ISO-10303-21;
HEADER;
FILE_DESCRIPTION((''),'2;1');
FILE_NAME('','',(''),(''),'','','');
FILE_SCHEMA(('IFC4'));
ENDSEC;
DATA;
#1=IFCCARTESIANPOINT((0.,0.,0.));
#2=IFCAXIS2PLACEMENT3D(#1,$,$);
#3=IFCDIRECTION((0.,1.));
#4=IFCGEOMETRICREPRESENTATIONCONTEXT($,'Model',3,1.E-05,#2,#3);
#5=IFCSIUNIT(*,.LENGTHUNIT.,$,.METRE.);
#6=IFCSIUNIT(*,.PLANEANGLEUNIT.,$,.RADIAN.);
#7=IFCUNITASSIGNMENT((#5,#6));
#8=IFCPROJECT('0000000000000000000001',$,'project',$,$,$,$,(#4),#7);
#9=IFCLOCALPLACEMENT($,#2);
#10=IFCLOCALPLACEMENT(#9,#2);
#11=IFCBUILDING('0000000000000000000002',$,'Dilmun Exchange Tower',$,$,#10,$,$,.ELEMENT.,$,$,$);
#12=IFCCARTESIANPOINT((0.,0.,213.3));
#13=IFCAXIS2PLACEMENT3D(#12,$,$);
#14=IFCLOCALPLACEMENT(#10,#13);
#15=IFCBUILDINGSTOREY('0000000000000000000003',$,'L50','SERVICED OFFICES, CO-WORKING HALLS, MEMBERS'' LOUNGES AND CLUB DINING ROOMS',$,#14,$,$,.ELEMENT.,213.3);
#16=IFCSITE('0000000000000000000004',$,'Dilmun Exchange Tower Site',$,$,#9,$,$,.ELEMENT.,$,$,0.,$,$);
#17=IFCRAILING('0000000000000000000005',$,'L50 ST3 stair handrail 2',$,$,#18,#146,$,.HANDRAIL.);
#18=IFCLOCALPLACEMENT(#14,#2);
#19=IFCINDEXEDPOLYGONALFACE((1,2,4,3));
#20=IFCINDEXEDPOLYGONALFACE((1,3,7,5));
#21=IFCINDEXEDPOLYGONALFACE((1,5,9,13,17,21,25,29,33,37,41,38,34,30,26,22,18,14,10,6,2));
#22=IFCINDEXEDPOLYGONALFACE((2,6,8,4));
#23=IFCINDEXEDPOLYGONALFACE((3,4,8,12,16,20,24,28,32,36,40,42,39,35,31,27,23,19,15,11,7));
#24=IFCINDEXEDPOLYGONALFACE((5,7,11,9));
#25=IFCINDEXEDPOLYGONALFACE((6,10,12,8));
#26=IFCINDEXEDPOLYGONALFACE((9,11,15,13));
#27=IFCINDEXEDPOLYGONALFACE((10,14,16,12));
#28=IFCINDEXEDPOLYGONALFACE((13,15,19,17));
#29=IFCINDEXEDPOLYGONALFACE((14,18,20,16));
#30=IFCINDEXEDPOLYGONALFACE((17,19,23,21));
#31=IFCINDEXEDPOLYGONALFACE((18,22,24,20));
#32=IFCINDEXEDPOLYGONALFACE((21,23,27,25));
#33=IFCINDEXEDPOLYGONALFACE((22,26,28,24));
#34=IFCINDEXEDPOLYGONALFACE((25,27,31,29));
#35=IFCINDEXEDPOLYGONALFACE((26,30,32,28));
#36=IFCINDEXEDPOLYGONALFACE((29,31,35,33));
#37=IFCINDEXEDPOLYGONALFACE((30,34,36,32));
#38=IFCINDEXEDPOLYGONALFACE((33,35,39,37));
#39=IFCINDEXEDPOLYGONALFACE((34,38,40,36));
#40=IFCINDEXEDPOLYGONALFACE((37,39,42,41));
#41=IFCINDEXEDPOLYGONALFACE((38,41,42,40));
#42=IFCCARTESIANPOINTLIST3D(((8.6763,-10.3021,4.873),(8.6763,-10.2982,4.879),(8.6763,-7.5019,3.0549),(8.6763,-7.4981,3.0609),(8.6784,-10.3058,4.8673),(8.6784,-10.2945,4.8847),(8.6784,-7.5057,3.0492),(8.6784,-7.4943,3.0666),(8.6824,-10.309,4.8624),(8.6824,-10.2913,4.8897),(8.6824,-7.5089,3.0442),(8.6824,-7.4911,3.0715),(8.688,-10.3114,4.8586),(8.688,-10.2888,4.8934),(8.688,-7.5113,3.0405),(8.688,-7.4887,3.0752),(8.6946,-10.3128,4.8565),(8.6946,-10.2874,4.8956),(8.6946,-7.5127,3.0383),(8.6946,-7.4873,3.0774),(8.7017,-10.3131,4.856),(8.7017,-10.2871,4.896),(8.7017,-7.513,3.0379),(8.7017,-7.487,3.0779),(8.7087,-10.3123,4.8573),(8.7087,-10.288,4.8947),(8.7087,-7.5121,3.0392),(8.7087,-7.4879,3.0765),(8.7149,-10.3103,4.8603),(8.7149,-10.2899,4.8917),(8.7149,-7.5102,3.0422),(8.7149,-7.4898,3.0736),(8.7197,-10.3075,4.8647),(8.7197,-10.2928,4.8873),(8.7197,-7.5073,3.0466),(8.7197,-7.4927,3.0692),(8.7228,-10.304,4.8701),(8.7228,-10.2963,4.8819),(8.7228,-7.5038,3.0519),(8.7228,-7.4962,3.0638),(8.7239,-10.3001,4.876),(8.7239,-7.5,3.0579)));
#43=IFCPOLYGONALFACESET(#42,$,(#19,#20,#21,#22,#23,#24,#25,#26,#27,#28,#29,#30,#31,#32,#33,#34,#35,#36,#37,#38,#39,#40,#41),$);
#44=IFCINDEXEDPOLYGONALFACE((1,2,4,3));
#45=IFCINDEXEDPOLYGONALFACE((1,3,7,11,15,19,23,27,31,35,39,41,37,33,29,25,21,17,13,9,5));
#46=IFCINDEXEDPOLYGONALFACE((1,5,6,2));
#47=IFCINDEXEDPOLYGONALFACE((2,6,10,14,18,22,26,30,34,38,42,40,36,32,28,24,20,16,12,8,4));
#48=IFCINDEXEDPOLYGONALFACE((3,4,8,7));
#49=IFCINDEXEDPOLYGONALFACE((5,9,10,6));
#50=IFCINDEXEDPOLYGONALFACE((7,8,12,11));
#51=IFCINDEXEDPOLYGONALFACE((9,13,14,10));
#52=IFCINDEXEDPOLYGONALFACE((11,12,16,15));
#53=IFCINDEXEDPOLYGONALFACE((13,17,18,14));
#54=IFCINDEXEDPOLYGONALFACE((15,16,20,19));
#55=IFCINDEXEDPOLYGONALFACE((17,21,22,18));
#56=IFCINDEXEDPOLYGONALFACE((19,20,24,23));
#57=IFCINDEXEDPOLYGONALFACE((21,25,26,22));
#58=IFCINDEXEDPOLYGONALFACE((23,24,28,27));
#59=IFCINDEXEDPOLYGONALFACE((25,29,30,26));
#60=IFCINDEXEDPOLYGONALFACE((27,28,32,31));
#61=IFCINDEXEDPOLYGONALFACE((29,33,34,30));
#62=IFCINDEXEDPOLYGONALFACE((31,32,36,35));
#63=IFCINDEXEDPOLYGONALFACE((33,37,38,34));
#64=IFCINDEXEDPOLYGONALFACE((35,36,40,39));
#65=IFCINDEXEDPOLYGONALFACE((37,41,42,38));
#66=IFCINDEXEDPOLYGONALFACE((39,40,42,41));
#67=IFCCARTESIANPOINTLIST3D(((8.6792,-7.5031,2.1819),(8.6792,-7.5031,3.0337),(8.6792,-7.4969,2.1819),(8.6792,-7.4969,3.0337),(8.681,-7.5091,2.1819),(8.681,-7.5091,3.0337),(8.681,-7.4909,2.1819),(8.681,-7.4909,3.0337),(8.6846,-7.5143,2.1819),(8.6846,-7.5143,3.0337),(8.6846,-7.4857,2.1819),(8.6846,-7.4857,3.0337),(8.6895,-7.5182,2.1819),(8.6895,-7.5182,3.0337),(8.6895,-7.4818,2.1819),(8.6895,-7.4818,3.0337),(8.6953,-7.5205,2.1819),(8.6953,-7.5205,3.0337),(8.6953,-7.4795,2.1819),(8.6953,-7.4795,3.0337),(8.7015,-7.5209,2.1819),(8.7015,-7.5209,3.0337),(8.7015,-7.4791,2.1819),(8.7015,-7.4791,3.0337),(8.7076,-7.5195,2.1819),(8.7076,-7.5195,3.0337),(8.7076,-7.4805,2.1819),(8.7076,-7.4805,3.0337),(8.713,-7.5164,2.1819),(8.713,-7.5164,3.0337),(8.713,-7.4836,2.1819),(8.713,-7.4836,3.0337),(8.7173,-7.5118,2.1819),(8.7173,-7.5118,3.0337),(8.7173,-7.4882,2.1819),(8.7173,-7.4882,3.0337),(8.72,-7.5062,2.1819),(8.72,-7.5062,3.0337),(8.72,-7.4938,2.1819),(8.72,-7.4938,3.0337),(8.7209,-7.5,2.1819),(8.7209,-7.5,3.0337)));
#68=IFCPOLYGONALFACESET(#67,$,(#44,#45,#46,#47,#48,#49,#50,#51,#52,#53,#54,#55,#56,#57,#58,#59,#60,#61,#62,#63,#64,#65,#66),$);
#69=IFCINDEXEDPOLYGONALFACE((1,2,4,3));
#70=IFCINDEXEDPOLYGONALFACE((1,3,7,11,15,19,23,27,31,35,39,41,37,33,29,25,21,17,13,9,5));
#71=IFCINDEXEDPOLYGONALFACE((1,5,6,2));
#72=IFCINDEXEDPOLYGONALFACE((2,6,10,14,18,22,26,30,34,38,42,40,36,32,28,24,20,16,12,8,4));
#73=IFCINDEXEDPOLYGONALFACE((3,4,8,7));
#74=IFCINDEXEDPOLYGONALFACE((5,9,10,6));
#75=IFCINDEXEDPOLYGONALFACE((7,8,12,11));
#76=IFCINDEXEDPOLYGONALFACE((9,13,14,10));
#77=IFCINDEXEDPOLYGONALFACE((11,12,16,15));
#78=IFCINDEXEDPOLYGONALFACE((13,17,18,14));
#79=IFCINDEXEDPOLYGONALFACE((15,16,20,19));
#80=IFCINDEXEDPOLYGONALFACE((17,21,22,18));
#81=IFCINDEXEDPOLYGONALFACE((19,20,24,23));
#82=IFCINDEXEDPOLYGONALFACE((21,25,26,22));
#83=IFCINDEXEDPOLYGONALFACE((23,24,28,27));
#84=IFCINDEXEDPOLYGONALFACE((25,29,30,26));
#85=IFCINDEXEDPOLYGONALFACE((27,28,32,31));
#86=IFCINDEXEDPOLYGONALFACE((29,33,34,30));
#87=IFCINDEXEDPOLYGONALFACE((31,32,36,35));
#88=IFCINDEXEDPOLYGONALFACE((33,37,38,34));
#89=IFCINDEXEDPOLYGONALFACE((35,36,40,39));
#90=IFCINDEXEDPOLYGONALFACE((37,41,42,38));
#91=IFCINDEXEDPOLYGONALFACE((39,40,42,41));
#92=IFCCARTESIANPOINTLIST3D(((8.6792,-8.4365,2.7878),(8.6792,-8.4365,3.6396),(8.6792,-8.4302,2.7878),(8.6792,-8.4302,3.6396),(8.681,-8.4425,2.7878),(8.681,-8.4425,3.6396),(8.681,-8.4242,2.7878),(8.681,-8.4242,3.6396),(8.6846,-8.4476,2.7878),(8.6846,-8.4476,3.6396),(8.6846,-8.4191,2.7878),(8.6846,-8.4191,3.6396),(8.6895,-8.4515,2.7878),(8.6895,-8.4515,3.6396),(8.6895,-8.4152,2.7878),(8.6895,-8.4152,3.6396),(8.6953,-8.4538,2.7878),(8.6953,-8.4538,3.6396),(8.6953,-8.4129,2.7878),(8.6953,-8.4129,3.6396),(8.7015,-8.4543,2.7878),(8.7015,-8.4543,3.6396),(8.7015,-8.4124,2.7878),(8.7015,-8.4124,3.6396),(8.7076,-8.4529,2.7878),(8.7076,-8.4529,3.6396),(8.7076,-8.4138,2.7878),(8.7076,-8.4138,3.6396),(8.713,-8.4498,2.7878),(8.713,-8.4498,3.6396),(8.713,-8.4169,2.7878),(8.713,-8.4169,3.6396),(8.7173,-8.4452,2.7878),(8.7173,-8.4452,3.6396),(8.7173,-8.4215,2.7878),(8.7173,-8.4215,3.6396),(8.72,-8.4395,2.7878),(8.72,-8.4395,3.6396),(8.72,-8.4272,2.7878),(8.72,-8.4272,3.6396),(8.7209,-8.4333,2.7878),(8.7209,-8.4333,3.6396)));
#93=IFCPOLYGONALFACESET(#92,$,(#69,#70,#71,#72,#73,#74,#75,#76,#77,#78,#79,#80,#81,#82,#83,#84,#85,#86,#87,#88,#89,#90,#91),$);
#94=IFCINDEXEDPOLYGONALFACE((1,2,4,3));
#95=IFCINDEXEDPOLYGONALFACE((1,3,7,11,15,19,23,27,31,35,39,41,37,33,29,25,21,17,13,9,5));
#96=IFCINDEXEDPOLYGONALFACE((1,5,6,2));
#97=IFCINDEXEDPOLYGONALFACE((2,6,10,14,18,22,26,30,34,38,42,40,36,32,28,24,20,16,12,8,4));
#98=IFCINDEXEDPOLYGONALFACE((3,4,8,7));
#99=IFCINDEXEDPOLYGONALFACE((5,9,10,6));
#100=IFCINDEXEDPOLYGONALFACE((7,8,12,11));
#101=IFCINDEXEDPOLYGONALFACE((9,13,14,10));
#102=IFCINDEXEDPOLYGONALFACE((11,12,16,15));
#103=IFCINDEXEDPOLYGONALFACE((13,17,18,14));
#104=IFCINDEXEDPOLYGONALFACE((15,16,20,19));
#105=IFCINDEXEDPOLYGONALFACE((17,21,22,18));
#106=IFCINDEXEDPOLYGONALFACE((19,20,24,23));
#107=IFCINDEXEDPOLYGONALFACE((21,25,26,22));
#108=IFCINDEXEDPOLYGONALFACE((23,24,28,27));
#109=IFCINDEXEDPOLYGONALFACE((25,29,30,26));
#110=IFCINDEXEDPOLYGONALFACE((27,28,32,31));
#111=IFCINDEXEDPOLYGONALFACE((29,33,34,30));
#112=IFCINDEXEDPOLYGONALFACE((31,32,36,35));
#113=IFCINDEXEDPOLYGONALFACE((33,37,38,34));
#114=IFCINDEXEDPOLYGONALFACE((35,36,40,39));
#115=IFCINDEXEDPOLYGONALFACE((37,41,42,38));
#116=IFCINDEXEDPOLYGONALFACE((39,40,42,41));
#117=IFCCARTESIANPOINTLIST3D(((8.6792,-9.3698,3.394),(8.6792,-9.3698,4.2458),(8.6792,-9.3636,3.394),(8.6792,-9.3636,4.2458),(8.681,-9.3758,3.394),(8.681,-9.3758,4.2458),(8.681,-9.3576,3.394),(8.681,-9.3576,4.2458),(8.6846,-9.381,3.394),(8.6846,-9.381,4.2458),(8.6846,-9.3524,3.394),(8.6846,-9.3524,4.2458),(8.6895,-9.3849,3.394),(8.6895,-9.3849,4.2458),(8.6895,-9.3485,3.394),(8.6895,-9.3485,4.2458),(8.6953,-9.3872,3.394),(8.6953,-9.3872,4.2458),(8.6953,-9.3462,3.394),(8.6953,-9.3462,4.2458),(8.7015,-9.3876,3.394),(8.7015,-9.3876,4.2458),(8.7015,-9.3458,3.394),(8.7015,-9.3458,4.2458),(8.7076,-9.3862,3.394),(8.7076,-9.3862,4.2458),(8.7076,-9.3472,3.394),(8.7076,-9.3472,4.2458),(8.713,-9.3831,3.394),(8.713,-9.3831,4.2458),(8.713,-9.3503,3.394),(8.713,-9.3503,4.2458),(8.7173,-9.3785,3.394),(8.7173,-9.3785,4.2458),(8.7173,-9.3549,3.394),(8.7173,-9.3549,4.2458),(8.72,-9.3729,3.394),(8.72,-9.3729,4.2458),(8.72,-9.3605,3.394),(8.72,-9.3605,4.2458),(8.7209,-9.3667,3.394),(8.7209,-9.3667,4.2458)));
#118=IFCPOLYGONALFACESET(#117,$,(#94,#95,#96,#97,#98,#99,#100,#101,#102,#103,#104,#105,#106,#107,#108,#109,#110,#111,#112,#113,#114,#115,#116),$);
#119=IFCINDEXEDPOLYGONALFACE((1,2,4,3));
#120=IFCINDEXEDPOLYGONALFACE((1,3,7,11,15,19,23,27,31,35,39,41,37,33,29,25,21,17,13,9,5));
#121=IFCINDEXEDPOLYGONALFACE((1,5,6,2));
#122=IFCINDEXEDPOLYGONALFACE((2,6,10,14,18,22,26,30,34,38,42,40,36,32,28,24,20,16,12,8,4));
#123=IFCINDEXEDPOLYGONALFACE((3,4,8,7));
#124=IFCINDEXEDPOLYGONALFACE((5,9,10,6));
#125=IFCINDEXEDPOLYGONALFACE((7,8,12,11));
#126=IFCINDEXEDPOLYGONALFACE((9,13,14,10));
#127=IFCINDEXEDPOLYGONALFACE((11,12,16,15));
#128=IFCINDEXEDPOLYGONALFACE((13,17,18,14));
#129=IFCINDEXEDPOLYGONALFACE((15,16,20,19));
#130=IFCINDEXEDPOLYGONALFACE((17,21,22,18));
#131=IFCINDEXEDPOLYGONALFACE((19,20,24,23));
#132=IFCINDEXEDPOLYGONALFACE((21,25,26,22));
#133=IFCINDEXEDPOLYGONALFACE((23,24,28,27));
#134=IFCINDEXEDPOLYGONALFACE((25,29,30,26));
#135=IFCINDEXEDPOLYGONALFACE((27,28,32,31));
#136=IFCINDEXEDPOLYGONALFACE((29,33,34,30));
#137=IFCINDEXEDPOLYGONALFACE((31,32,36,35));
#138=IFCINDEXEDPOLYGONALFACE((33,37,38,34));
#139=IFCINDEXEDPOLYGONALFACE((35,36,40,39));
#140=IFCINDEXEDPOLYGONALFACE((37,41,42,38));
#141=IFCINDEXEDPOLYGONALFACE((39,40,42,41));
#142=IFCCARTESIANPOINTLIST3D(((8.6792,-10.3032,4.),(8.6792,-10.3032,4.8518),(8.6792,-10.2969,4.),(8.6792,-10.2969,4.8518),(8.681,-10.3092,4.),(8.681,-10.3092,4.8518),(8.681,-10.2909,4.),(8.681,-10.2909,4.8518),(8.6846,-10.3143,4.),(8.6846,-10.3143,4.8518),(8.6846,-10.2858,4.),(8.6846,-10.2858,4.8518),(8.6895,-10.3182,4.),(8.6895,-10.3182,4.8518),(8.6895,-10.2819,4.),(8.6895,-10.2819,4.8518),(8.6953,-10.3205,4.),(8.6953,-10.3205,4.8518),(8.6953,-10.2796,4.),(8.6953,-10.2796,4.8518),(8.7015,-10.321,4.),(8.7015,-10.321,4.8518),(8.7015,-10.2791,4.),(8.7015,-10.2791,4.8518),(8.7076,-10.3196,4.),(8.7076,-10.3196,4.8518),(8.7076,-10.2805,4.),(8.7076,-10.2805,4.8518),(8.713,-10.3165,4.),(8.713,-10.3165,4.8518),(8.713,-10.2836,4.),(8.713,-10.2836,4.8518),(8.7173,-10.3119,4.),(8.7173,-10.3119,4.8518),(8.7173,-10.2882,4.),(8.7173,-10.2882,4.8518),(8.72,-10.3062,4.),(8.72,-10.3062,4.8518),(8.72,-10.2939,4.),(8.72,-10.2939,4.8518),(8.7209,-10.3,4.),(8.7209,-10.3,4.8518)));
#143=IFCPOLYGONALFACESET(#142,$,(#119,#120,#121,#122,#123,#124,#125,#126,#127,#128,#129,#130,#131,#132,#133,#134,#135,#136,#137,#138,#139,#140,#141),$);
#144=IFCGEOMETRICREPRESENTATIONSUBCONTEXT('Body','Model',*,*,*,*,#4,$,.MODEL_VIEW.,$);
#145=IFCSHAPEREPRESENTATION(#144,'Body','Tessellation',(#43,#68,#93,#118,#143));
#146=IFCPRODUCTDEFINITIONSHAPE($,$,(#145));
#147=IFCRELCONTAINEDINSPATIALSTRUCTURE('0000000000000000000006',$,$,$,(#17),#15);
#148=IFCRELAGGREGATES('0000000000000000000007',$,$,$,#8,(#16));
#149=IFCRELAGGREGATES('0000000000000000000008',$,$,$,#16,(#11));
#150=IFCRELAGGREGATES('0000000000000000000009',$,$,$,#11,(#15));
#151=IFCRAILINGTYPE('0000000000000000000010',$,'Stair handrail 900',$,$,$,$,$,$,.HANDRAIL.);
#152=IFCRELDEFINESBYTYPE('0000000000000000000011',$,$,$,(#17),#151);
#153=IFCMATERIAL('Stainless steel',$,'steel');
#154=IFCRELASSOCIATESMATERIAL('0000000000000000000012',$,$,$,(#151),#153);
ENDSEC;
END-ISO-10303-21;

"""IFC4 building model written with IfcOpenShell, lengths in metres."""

from ifc_helpers import new_model, si_unit, direction, frame, origin, origin_2d, place, context, subcontext, project, spatial, circle, extrude, material, type_object, element, save


model = new_model("IFC4")

# Units and contexts
model_context = context("Model", 3, precision=1e-05, world=origin(), true_north=direction((0.0, 1.0)))
body_context = subcontext(model_context, "Body", "Model", "MODEL_VIEW")
ifc_project = project(units=[si_unit("LENGTHUNIT", "METRE"), si_unit("PLANEANGLEUNIT", "RADIAN")], contexts=[model_context])

# Site, building, storey
site_placement = place(None, origin())
site = spatial("IfcSite", under=ifc_project, at=site_placement, Name="Dilmun Exchange Tower Site", CompositionType="ELEMENT", RefElevation=0.0)
building_placement = place(site_placement, origin())
building = spatial("IfcBuilding", under=site, at=building_placement, Name="Dilmun Exchange Tower", CompositionType="ELEMENT")
storey_placement = place(building_placement, frame((0.0, 0.0, 213.3)))
storey = spatial("IfcBuildingStorey", under=building, at=storey_placement, Name="L50", Description="SERVICED OFFICES, CO-WORKING HALLS, MEMBERS' LOUNGES AND CLUB DINING ROOMS", CompositionType="ELEMENT", Elevation=213.3)

# Railing
ifc_material_1 = material(Name="Stainless steel", Category="steel")
railing_type = type_object("IfcRailingType", Name="Stair handrail 900", PredefinedType="HANDRAIL", material=ifc_material_1)
railing_1_placement = place(storey_placement, frame((8.7, -7.5, 2.1819)))
element("IfcRailing", 1, at=railing_1_placement, inside=storey, type_object=railing_type, Name="L50 ST3 stair handrail 2", PredefinedType="HANDRAIL", context=body_context, shape_type="SweptSolid", body=[
    extrude(circle(Radius=0.0239, at=origin_2d()), frame((0.0, 0.0, 0.876), z_axis=(0.0, -0.838706, 0.544585), x_axis=(1.0, 0.0, 0.0)), (0.0, 0.0, 1.0), 3.3386),
    extrude(circle(Radius=0.021, at=origin_2d()), origin(), (0.0, 0.0, 1.0), 0.8518),
    extrude(circle(Radius=0.021, at=origin_2d()), frame((0.0, -0.9333, 0.606)), (0.0, 0.0, 1.0), 0.8518),
    extrude(circle(Radius=0.021, at=origin_2d()), frame((0.0, -1.8667, 1.2122)), (0.0, 0.0, 1.0), 0.8518),
    extrude(circle(Radius=0.021, at=origin_2d()), frame((0.0, -2.8, 1.8181)), (0.0, 0.0, 1.0), 0.8518),
])

save(model, "model.ifc")
